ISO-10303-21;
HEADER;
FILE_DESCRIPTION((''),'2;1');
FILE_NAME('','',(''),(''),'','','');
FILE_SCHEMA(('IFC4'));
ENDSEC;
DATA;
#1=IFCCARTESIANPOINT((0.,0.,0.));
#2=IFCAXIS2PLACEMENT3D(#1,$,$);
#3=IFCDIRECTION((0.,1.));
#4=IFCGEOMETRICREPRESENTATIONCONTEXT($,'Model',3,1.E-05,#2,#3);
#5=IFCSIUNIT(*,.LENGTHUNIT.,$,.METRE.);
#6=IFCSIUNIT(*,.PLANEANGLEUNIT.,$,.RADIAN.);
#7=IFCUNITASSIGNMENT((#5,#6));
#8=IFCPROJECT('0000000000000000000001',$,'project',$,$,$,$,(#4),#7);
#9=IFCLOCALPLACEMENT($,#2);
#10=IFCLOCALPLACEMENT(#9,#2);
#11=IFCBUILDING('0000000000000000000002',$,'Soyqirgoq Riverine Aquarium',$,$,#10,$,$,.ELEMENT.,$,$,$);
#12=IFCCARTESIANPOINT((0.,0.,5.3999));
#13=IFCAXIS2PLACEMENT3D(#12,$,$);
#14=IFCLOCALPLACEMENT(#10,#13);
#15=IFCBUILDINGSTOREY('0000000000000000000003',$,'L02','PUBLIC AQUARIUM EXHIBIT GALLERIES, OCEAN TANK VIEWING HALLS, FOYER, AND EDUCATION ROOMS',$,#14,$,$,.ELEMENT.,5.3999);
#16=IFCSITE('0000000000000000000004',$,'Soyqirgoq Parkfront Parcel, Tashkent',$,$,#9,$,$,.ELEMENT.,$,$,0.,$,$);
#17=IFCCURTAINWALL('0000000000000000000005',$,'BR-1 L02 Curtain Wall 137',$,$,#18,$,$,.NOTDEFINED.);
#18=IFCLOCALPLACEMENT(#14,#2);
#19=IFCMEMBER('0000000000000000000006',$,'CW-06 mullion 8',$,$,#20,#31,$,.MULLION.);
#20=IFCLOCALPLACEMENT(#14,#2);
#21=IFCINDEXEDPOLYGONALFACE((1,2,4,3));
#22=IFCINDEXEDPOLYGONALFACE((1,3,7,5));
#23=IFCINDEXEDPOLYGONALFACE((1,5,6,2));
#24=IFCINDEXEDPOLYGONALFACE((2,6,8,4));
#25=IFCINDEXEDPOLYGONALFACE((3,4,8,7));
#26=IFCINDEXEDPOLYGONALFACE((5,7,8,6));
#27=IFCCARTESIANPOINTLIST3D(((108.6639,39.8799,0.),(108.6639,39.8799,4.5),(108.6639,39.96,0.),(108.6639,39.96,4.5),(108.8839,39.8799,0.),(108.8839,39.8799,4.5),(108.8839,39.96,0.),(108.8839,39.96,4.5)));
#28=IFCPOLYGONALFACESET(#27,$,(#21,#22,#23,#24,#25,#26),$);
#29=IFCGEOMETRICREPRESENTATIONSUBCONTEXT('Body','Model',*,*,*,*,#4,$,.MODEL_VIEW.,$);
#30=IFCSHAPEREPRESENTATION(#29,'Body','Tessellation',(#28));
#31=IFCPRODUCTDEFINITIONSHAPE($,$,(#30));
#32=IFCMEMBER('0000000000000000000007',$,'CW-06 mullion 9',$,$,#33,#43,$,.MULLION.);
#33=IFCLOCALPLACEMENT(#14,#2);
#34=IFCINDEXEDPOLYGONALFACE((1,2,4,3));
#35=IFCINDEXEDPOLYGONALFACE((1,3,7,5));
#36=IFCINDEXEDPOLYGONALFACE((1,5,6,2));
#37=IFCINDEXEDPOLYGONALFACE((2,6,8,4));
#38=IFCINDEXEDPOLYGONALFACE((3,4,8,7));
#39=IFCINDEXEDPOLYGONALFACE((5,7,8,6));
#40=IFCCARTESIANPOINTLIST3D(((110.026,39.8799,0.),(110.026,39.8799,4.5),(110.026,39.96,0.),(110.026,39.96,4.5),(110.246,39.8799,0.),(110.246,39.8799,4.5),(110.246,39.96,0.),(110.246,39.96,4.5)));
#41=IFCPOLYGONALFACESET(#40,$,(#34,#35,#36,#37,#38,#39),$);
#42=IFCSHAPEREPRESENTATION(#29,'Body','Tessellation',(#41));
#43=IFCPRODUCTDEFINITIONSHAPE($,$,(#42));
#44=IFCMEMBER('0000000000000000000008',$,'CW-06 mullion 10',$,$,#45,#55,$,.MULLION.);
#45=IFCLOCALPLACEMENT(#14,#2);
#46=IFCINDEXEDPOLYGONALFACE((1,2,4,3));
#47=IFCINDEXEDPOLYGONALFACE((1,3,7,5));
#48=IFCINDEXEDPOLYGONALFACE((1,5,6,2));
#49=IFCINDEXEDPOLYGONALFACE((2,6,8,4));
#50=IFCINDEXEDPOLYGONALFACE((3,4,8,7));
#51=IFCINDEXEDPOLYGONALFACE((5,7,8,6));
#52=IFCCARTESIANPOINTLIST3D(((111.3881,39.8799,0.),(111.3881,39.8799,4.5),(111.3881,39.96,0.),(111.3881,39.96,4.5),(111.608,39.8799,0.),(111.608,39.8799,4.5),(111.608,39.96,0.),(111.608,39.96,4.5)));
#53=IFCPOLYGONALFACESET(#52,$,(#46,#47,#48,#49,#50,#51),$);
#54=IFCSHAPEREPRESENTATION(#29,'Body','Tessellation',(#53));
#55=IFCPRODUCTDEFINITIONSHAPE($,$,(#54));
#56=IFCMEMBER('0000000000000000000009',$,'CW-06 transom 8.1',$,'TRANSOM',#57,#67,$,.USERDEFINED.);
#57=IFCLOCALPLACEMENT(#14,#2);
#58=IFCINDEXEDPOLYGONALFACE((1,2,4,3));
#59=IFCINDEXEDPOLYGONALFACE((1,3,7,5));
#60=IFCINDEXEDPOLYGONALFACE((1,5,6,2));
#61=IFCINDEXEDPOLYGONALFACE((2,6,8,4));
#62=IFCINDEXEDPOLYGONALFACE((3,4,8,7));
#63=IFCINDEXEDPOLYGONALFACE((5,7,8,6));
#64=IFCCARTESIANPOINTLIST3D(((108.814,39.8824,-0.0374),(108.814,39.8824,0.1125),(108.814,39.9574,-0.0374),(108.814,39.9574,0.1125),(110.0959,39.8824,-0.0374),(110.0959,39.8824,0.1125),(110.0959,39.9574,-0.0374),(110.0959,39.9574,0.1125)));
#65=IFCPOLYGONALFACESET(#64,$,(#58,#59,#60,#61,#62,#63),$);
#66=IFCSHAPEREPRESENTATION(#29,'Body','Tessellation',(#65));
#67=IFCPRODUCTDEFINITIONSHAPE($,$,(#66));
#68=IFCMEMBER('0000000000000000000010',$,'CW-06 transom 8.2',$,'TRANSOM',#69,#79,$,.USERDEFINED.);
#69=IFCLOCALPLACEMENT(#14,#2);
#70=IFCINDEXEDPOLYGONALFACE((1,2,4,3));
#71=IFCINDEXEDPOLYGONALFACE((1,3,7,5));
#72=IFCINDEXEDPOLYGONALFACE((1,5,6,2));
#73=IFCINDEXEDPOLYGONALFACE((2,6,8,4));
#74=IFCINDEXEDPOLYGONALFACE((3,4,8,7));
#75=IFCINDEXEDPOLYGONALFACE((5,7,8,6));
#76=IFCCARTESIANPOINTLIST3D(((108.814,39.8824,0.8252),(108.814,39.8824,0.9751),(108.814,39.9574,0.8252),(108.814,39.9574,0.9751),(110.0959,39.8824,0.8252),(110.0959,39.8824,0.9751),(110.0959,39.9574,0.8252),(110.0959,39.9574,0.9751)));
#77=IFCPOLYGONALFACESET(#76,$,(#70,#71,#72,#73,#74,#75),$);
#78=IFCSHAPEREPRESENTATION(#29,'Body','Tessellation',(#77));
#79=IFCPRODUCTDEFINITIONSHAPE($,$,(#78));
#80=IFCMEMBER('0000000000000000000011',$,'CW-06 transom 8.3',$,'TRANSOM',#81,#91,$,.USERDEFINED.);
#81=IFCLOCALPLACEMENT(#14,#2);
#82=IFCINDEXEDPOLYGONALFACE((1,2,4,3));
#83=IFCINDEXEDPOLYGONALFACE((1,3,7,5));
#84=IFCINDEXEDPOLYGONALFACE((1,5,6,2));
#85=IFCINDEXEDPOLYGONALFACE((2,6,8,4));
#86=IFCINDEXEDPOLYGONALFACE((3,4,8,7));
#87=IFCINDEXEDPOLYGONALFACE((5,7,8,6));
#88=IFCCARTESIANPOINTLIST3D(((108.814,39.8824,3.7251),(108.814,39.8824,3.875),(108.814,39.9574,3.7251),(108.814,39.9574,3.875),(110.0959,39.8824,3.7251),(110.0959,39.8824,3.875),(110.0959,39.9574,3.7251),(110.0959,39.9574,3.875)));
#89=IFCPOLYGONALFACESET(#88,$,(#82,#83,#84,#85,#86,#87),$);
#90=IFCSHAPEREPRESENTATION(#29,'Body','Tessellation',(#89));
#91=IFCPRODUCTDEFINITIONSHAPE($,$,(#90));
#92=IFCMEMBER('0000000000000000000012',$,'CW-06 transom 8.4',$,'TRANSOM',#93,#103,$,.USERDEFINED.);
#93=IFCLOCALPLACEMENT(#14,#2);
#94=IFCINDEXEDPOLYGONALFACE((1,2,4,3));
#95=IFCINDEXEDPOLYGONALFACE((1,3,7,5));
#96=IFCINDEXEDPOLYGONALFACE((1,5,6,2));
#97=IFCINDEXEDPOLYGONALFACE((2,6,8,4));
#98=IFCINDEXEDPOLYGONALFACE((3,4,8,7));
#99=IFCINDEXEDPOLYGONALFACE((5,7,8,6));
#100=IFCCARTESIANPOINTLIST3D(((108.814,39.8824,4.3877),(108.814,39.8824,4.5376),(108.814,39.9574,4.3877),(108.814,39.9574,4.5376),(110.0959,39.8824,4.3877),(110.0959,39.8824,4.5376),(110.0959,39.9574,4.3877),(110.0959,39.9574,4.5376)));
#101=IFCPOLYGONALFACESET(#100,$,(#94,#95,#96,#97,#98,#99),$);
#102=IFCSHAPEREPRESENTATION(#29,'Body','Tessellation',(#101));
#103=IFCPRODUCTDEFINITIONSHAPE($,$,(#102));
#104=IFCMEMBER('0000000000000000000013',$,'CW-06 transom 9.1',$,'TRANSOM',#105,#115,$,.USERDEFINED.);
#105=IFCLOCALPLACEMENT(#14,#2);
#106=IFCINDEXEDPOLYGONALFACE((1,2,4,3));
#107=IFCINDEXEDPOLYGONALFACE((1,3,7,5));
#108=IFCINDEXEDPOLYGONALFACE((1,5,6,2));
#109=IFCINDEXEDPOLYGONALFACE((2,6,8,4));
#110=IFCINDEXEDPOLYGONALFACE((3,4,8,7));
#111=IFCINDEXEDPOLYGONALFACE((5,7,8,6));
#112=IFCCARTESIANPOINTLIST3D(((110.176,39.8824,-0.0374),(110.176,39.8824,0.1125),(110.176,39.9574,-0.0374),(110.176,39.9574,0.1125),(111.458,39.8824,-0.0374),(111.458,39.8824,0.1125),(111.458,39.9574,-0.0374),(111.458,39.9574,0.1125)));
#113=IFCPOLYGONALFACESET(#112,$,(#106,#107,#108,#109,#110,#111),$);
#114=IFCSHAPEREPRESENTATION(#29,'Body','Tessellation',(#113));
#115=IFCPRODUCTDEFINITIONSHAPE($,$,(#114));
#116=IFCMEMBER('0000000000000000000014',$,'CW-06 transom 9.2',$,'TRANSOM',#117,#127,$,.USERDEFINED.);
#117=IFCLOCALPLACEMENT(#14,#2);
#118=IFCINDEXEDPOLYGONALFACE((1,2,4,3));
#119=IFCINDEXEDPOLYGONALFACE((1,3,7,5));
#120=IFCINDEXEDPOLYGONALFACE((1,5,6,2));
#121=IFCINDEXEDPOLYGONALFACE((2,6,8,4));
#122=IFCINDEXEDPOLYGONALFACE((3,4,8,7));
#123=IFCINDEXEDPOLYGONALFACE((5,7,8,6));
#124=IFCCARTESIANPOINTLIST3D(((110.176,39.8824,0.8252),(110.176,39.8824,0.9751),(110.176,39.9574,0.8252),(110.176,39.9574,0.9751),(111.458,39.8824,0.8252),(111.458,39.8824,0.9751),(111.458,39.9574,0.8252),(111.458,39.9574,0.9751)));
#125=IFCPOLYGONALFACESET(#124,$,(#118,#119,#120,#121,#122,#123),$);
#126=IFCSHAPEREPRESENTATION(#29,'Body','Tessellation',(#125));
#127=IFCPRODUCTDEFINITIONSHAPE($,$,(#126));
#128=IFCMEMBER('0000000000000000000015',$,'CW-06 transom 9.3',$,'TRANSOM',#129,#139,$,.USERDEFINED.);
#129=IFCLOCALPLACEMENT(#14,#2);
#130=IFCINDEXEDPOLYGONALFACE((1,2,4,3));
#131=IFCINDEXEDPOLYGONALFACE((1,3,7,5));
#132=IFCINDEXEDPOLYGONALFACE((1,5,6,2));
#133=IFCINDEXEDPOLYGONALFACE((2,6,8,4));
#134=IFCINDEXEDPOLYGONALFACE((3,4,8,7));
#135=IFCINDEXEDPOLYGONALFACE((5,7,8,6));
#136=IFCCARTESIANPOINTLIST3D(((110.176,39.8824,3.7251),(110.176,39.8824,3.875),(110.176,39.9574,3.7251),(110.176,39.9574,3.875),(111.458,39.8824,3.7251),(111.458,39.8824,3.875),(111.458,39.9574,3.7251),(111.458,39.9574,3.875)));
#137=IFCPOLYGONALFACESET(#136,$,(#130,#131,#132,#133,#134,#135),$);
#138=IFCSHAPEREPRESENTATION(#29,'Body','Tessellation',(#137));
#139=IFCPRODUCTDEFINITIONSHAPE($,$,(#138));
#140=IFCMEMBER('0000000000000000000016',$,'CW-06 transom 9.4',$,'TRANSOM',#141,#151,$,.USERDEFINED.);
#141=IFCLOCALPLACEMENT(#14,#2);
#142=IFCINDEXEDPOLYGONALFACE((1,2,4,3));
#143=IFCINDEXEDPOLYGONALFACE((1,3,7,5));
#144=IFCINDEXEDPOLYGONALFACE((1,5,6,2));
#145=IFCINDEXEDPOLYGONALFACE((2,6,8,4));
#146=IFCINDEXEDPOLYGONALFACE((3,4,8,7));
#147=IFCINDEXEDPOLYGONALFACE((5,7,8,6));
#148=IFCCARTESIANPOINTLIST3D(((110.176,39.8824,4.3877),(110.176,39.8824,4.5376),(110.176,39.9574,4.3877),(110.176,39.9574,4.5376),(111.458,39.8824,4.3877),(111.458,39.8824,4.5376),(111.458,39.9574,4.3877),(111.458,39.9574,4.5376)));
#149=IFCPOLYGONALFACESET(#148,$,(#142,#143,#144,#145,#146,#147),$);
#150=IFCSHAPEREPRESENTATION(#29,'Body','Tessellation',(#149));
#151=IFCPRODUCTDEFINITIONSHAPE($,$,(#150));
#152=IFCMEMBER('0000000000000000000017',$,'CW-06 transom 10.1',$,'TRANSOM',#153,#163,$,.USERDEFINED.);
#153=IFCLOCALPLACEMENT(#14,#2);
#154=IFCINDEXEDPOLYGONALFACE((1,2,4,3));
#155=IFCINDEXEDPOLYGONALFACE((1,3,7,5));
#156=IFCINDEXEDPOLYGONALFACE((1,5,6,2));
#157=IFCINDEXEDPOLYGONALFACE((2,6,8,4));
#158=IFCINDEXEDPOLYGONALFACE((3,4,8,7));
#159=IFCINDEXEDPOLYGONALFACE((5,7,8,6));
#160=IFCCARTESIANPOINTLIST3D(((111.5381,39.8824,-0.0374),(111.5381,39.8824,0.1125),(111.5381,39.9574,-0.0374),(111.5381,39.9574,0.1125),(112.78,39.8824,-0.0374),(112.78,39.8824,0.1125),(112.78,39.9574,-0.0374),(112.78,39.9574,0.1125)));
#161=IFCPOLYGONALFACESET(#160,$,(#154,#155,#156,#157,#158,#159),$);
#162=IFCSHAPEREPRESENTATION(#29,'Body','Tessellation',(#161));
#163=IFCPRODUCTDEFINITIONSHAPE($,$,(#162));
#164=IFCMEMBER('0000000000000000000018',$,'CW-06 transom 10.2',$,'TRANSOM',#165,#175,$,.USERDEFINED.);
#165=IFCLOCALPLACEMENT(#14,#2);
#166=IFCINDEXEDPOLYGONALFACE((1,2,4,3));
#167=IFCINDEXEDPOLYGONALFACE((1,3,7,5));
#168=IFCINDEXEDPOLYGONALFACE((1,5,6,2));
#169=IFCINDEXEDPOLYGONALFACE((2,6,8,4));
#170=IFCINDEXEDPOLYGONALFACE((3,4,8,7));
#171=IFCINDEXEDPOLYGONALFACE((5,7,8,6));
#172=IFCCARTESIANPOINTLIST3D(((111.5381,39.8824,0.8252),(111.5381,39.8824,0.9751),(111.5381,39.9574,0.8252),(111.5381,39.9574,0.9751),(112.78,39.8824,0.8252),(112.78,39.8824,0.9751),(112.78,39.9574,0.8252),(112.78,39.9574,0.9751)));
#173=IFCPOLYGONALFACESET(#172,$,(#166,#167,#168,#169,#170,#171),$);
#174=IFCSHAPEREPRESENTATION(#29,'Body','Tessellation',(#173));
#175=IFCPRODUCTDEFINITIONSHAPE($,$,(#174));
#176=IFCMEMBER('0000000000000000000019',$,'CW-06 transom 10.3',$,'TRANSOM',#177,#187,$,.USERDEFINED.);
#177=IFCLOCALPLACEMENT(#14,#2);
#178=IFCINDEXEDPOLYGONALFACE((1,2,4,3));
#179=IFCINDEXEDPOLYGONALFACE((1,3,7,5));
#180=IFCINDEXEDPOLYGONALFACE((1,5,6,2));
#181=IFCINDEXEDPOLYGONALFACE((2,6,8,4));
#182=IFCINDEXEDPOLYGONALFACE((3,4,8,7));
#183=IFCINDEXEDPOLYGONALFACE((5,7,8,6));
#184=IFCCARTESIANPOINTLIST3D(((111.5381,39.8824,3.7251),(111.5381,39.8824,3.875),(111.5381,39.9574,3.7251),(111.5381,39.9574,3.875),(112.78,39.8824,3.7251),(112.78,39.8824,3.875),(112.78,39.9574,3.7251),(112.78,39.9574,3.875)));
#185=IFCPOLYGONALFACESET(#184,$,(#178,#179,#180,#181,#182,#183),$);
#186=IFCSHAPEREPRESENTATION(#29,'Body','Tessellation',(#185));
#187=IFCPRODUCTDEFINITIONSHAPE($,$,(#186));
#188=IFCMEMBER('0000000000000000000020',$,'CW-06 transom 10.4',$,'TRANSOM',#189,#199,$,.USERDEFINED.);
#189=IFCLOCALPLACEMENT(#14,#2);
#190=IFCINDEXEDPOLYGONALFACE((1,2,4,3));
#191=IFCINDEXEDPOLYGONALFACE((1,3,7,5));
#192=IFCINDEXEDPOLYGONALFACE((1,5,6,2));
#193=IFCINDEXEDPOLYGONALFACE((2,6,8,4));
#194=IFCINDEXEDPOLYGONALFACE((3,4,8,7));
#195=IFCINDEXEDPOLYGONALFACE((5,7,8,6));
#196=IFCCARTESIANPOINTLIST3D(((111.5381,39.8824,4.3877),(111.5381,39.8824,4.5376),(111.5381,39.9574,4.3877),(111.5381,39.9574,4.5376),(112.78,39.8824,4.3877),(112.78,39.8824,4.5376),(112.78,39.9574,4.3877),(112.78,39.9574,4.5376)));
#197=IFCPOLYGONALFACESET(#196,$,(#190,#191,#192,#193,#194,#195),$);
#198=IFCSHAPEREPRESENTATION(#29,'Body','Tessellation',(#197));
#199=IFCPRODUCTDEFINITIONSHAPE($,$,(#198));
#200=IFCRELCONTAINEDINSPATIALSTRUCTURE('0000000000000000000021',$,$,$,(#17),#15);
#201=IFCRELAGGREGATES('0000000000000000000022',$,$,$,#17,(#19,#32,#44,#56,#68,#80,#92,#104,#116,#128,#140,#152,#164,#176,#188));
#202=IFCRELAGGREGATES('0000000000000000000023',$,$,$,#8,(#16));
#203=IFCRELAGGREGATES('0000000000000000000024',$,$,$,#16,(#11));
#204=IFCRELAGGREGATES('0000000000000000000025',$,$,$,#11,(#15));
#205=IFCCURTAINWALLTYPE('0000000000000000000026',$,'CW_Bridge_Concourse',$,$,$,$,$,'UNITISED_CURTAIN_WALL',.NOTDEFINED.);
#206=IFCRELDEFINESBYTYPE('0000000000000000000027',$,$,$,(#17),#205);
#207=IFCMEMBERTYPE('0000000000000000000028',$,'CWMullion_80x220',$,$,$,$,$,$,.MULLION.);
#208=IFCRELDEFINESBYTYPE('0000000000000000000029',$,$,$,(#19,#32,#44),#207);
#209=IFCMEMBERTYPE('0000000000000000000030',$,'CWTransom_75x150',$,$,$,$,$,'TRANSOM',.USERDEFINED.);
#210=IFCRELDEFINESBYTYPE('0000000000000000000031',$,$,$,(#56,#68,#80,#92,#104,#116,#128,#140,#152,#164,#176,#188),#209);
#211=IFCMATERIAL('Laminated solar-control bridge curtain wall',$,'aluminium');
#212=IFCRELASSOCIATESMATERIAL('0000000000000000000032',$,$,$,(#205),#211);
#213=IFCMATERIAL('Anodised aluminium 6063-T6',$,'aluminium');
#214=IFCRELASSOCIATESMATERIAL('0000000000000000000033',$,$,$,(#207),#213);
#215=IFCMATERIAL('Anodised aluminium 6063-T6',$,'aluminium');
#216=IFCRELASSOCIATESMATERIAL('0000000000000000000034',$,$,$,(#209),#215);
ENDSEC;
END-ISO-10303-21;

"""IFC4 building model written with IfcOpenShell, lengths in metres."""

from ifc_helpers import new_model, si_unit, direction, frame, origin, origin_2d, place, context, subcontext, project, spatial, rectangle, extrude, material, material_profile, profile_set, type_object, element, aggregate, save


model = new_model("IFC4")

# Units and contexts
model_context = context("Model", 3, precision=1e-05, world=origin(), true_north=direction((0.0, 1.0)))
body_context = subcontext(model_context, "Body", "Model", "MODEL_VIEW")
ifc_project = project(units=[si_unit("LENGTHUNIT", "METRE"), si_unit("PLANEANGLEUNIT", "RADIAN")], contexts=[model_context])

# Site, building, storey
site_placement = place(None, origin())
site = spatial("IfcSite", under=ifc_project, at=site_placement, Name="Soyqirgoq Parkfront Parcel, Tashkent", CompositionType="ELEMENT", RefElevation=0.0)
building_placement = place(site_placement, origin())
building = spatial("IfcBuilding", under=site, at=building_placement, Name="Soyqirgoq Riverine Aquarium", CompositionType="ELEMENT")
storey_placement = place(building_placement, frame((0.0, 0.0, 5.3999)))
storey = spatial("IfcBuildingStorey", under=building, at=storey_placement, Name="L02", Description="PUBLIC AQUARIUM EXHIBIT GALLERIES, OCEAN TANK VIEWING HALLS, FOYER, AND EDUCATION ROOMS", CompositionType="ELEMENT", Elevation=5.3999)

# Curtain wall, members
ifc_material_1 = material(Name="Laminated solar-control bridge curtain wall", Category="aluminium")
curtain_wall_type = type_object("IfcCurtainWallType", Name="CW_Bridge_Concourse", ElementType="UNITISED_CURTAIN_WALL", PredefinedType="NOTDEFINED", material=ifc_material_1)
curtain_wall_placement = place(storey_placement, origin())
curtain_wall = element("IfcCurtainWall", 1, at=curtain_wall_placement, inside=storey, type_object=curtain_wall_type, Name="BR-1 L02 Curtain Wall 137", PredefinedType="NOTDEFINED")
ifc_material_2 = material(Name="Anodised aluminium 6063-T6", Category="aluminium")
ifc_material_profile_1 = material_profile(ifc_material_2, rectangle(XDim=0.0801, YDim=0.22, at=origin_2d()), Name="ALU-M 80x220")
ifc_profile_set_1 = profile_set([ifc_material_profile_1], Name="Anodised aluminium 6063-T6")
member_type_1 = type_object("IfcMemberType", Name="CWMullion_80x220", PredefinedType="MULLION", material=ifc_profile_set_1)
member_1_placement = place(storey_placement, frame((108.7739, 39.9199, 0.0), z_axis=(0.0, 0.0, 1.0), x_axis=(0.0, 1.0, 0.0)))
member_1 = element("IfcMember", 2, at=member_1_placement, type_object=member_type_1, Name="CW-06 mullion 8", PredefinedType="MULLION", context=body_context, shape_type="SweptSolid", body=[
    extrude(rectangle(XDim=0.0801, YDim=0.22, at=origin_2d()), origin(), (0.0, 0.0, 1.0), 4.5),
])
member_2_placement = place(storey_placement, frame((110.136, 39.9199, 0.0), z_axis=(0.0, 0.0, 1.0), x_axis=(0.0, 1.0, 0.0)))
member_2 = element("IfcMember", 3, at=member_2_placement, type_object=member_type_1, Name="CW-06 mullion 9", PredefinedType="MULLION", context=body_context, shape_type="SweptSolid", body=[
    extrude(rectangle(XDim=0.0801, YDim=0.22, at=origin_2d()), origin(), (0.0, 0.0, 1.0), 4.5),
])
member_3_placement = place(storey_placement, frame((111.498, 39.9199, 0.0), z_axis=(0.0, 0.0, 1.0), x_axis=(0.0, 1.0, 0.0)))
member_3 = element("IfcMember", 4, at=member_3_placement, type_object=member_type_1, Name="CW-06 mullion 10", PredefinedType="MULLION", context=body_context, shape_type="SweptSolid", body=[
    extrude(rectangle(XDim=0.0801, YDim=0.22, at=origin_2d()), origin(), (0.0, 0.0, 1.0), 4.5),
])
ifc_material_3 = material(Name="Anodised aluminium 6063-T6", Category="aluminium")
ifc_material_profile_2 = material_profile(ifc_material_3, rectangle(XDim=0.075, YDim=0.1499, at=origin_2d()), Name="ALU-T 75x150")
ifc_profile_set_2 = profile_set([ifc_material_profile_2], Name="Anodised aluminium 6063-T6")
member_type_2 = type_object("IfcMemberType", Name="CWTransom_75x150", ElementType="TRANSOM", PredefinedType="USERDEFINED", material=ifc_profile_set_2)
member_4_placement = place(storey_placement, frame((108.814, 39.9199, 0.0376), z_axis=(1.0, 0.0, 0.0), x_axis=(0.0, 1.0, 0.0)))
member_4 = element("IfcMember", 5, at=member_4_placement, type_object=member_type_2, Name="CW-06 transom 8.1", ObjectType="TRANSOM", PredefinedType="USERDEFINED", context=body_context, shape_type="SweptSolid", body=[
    extrude(rectangle(XDim=0.075, YDim=0.1499, at=origin_2d()), origin(), (0.0, 0.0, 1.0), 1.282),
])
member_5_placement = place(storey_placement, frame((108.814, 39.9199, 0.9001), z_axis=(1.0, 0.0, 0.0), x_axis=(0.0, 1.0, 0.0)))
member_5 = element("IfcMember", 6, at=member_5_placement, type_object=member_type_2, Name="CW-06 transom 8.2", ObjectType="TRANSOM", PredefinedType="USERDEFINED", context=body_context, shape_type="SweptSolid", body=[
    extrude(rectangle(XDim=0.075, YDim=0.1499, at=origin_2d()), origin(), (0.0, 0.0, 1.0), 1.282),
])
member_6_placement = place(storey_placement, frame((108.814, 39.9199, 3.8), z_axis=(1.0, 0.0, 0.0), x_axis=(0.0, 1.0, 0.0)))
member_6 = element("IfcMember", 7, at=member_6_placement, type_object=member_type_2, Name="CW-06 transom 8.3", ObjectType="TRANSOM", PredefinedType="USERDEFINED", context=body_context, shape_type="SweptSolid", body=[
    extrude(rectangle(XDim=0.075, YDim=0.1499, at=origin_2d()), origin(), (0.0, 0.0, 1.0), 1.282),
])
member_7_placement = place(storey_placement, frame((108.814, 39.9199, 4.4626), z_axis=(1.0, 0.0, 0.0), x_axis=(0.0, 1.0, 0.0)))
member_7 = element("IfcMember", 8, at=member_7_placement, type_object=member_type_2, Name="CW-06 transom 8.4", ObjectType="TRANSOM", PredefinedType="USERDEFINED", context=body_context, shape_type="SweptSolid", body=[
    extrude(rectangle(XDim=0.075, YDim=0.1499, at=origin_2d()), origin(), (0.0, 0.0, 1.0), 1.282),
])
member_8_placement = place(storey_placement, frame((110.176, 39.9199, 0.0376), z_axis=(1.0, 0.0, 0.0), x_axis=(0.0, 1.0, 0.0)))
member_8 = element("IfcMember", 9, at=member_8_placement, type_object=member_type_2, Name="CW-06 transom 9.1", ObjectType="TRANSOM", PredefinedType="USERDEFINED", context=body_context, shape_type="SweptSolid", body=[
    extrude(rectangle(XDim=0.075, YDim=0.1499, at=origin_2d()), origin(), (0.0, 0.0, 1.0), 1.282),
])
member_9_placement = place(storey_placement, frame((110.176, 39.9199, 0.9001), z_axis=(1.0, 0.0, 0.0), x_axis=(0.0, 1.0, 0.0)))
member_9 = element("IfcMember", 10, at=member_9_placement, type_object=member_type_2, Name="CW-06 transom 9.2", ObjectType="TRANSOM", PredefinedType="USERDEFINED", context=body_context, shape_type="SweptSolid", body=[
    extrude(rectangle(XDim=0.075, YDim=0.1499, at=origin_2d()), origin(), (0.0, 0.0, 1.0), 1.282),
])
member_10_placement = place(storey_placement, frame((110.176, 39.9199, 3.8), z_axis=(1.0, 0.0, 0.0), x_axis=(0.0, 1.0, 0.0)))
member_10 = element("IfcMember", 11, at=member_10_placement, type_object=member_type_2, Name="CW-06 transom 9.3", ObjectType="TRANSOM", PredefinedType="USERDEFINED", context=body_context, shape_type="SweptSolid", body=[
    extrude(rectangle(XDim=0.075, YDim=0.1499, at=origin_2d()), origin(), (0.0, 0.0, 1.0), 1.282),
])
member_11_placement = place(storey_placement, frame((110.176, 39.9199, 4.4626), z_axis=(1.0, 0.0, 0.0), x_axis=(0.0, 1.0, 0.0)))
member_11 = element("IfcMember", 12, at=member_11_placement, type_object=member_type_2, Name="CW-06 transom 9.4", ObjectType="TRANSOM", PredefinedType="USERDEFINED", context=body_context, shape_type="SweptSolid", body=[
    extrude(rectangle(XDim=0.075, YDim=0.1499, at=origin_2d()), origin(), (0.0, 0.0, 1.0), 1.282),
])
member_12_placement = place(storey_placement, frame((111.5381, 39.9199, 0.0376), z_axis=(1.0, 0.0, 0.0), x_axis=(0.0, 1.0, 0.0)))
member_12 = element("IfcMember", 13, at=member_12_placement, type_object=member_type_2, Name="CW-06 transom 10.1", ObjectType="TRANSOM", PredefinedType="USERDEFINED", context=body_context, shape_type="SweptSolid", body=[
    extrude(rectangle(XDim=0.075, YDim=0.1499, at=origin_2d()), origin(), (0.0, 0.0, 1.0), 1.2419),
])
member_13_placement = place(storey_placement, frame((111.5381, 39.9199, 0.9001), z_axis=(1.0, 0.0, 0.0), x_axis=(0.0, 1.0, 0.0)))
member_13 = element("IfcMember", 14, at=member_13_placement, type_object=member_type_2, Name="CW-06 transom 10.2", ObjectType="TRANSOM", PredefinedType="USERDEFINED", context=body_context, shape_type="SweptSolid", body=[
    extrude(rectangle(XDim=0.075, YDim=0.1499, at=origin_2d()), origin(), (0.0, 0.0, 1.0), 1.2419),
])
member_14_placement = place(storey_placement, frame((111.5381, 39.9199, 3.8), z_axis=(1.0, 0.0, 0.0), x_axis=(0.0, 1.0, 0.0)))
member_14 = element("IfcMember", 15, at=member_14_placement, type_object=member_type_2, Name="CW-06 transom 10.3", ObjectType="TRANSOM", PredefinedType="USERDEFINED", context=body_context, shape_type="SweptSolid", body=[
    extrude(rectangle(XDim=0.075, YDim=0.1499, at=origin_2d()), origin(), (0.0, 0.0, 1.0), 1.2419),
])
member_15_placement = place(storey_placement, frame((111.5381, 39.9199, 4.4626), z_axis=(1.0, 0.0, 0.0), x_axis=(0.0, 1.0, 0.0)))
member_15 = element("IfcMember", 16, at=member_15_placement, type_object=member_type_2, Name="CW-06 transom 10.4", ObjectType="TRANSOM", PredefinedType="USERDEFINED", context=body_context, shape_type="SweptSolid", body=[
    extrude(rectangle(XDim=0.075, YDim=0.1499, at=origin_2d()), origin(), (0.0, 0.0, 1.0), 1.2419),
])
aggregate(curtain_wall, [member_1, member_2, member_3, member_4, member_5, member_6, member_7, member_8, member_9, member_10, member_11, member_12, member_13, member_14, member_15])

save(model, "model.ifc")
